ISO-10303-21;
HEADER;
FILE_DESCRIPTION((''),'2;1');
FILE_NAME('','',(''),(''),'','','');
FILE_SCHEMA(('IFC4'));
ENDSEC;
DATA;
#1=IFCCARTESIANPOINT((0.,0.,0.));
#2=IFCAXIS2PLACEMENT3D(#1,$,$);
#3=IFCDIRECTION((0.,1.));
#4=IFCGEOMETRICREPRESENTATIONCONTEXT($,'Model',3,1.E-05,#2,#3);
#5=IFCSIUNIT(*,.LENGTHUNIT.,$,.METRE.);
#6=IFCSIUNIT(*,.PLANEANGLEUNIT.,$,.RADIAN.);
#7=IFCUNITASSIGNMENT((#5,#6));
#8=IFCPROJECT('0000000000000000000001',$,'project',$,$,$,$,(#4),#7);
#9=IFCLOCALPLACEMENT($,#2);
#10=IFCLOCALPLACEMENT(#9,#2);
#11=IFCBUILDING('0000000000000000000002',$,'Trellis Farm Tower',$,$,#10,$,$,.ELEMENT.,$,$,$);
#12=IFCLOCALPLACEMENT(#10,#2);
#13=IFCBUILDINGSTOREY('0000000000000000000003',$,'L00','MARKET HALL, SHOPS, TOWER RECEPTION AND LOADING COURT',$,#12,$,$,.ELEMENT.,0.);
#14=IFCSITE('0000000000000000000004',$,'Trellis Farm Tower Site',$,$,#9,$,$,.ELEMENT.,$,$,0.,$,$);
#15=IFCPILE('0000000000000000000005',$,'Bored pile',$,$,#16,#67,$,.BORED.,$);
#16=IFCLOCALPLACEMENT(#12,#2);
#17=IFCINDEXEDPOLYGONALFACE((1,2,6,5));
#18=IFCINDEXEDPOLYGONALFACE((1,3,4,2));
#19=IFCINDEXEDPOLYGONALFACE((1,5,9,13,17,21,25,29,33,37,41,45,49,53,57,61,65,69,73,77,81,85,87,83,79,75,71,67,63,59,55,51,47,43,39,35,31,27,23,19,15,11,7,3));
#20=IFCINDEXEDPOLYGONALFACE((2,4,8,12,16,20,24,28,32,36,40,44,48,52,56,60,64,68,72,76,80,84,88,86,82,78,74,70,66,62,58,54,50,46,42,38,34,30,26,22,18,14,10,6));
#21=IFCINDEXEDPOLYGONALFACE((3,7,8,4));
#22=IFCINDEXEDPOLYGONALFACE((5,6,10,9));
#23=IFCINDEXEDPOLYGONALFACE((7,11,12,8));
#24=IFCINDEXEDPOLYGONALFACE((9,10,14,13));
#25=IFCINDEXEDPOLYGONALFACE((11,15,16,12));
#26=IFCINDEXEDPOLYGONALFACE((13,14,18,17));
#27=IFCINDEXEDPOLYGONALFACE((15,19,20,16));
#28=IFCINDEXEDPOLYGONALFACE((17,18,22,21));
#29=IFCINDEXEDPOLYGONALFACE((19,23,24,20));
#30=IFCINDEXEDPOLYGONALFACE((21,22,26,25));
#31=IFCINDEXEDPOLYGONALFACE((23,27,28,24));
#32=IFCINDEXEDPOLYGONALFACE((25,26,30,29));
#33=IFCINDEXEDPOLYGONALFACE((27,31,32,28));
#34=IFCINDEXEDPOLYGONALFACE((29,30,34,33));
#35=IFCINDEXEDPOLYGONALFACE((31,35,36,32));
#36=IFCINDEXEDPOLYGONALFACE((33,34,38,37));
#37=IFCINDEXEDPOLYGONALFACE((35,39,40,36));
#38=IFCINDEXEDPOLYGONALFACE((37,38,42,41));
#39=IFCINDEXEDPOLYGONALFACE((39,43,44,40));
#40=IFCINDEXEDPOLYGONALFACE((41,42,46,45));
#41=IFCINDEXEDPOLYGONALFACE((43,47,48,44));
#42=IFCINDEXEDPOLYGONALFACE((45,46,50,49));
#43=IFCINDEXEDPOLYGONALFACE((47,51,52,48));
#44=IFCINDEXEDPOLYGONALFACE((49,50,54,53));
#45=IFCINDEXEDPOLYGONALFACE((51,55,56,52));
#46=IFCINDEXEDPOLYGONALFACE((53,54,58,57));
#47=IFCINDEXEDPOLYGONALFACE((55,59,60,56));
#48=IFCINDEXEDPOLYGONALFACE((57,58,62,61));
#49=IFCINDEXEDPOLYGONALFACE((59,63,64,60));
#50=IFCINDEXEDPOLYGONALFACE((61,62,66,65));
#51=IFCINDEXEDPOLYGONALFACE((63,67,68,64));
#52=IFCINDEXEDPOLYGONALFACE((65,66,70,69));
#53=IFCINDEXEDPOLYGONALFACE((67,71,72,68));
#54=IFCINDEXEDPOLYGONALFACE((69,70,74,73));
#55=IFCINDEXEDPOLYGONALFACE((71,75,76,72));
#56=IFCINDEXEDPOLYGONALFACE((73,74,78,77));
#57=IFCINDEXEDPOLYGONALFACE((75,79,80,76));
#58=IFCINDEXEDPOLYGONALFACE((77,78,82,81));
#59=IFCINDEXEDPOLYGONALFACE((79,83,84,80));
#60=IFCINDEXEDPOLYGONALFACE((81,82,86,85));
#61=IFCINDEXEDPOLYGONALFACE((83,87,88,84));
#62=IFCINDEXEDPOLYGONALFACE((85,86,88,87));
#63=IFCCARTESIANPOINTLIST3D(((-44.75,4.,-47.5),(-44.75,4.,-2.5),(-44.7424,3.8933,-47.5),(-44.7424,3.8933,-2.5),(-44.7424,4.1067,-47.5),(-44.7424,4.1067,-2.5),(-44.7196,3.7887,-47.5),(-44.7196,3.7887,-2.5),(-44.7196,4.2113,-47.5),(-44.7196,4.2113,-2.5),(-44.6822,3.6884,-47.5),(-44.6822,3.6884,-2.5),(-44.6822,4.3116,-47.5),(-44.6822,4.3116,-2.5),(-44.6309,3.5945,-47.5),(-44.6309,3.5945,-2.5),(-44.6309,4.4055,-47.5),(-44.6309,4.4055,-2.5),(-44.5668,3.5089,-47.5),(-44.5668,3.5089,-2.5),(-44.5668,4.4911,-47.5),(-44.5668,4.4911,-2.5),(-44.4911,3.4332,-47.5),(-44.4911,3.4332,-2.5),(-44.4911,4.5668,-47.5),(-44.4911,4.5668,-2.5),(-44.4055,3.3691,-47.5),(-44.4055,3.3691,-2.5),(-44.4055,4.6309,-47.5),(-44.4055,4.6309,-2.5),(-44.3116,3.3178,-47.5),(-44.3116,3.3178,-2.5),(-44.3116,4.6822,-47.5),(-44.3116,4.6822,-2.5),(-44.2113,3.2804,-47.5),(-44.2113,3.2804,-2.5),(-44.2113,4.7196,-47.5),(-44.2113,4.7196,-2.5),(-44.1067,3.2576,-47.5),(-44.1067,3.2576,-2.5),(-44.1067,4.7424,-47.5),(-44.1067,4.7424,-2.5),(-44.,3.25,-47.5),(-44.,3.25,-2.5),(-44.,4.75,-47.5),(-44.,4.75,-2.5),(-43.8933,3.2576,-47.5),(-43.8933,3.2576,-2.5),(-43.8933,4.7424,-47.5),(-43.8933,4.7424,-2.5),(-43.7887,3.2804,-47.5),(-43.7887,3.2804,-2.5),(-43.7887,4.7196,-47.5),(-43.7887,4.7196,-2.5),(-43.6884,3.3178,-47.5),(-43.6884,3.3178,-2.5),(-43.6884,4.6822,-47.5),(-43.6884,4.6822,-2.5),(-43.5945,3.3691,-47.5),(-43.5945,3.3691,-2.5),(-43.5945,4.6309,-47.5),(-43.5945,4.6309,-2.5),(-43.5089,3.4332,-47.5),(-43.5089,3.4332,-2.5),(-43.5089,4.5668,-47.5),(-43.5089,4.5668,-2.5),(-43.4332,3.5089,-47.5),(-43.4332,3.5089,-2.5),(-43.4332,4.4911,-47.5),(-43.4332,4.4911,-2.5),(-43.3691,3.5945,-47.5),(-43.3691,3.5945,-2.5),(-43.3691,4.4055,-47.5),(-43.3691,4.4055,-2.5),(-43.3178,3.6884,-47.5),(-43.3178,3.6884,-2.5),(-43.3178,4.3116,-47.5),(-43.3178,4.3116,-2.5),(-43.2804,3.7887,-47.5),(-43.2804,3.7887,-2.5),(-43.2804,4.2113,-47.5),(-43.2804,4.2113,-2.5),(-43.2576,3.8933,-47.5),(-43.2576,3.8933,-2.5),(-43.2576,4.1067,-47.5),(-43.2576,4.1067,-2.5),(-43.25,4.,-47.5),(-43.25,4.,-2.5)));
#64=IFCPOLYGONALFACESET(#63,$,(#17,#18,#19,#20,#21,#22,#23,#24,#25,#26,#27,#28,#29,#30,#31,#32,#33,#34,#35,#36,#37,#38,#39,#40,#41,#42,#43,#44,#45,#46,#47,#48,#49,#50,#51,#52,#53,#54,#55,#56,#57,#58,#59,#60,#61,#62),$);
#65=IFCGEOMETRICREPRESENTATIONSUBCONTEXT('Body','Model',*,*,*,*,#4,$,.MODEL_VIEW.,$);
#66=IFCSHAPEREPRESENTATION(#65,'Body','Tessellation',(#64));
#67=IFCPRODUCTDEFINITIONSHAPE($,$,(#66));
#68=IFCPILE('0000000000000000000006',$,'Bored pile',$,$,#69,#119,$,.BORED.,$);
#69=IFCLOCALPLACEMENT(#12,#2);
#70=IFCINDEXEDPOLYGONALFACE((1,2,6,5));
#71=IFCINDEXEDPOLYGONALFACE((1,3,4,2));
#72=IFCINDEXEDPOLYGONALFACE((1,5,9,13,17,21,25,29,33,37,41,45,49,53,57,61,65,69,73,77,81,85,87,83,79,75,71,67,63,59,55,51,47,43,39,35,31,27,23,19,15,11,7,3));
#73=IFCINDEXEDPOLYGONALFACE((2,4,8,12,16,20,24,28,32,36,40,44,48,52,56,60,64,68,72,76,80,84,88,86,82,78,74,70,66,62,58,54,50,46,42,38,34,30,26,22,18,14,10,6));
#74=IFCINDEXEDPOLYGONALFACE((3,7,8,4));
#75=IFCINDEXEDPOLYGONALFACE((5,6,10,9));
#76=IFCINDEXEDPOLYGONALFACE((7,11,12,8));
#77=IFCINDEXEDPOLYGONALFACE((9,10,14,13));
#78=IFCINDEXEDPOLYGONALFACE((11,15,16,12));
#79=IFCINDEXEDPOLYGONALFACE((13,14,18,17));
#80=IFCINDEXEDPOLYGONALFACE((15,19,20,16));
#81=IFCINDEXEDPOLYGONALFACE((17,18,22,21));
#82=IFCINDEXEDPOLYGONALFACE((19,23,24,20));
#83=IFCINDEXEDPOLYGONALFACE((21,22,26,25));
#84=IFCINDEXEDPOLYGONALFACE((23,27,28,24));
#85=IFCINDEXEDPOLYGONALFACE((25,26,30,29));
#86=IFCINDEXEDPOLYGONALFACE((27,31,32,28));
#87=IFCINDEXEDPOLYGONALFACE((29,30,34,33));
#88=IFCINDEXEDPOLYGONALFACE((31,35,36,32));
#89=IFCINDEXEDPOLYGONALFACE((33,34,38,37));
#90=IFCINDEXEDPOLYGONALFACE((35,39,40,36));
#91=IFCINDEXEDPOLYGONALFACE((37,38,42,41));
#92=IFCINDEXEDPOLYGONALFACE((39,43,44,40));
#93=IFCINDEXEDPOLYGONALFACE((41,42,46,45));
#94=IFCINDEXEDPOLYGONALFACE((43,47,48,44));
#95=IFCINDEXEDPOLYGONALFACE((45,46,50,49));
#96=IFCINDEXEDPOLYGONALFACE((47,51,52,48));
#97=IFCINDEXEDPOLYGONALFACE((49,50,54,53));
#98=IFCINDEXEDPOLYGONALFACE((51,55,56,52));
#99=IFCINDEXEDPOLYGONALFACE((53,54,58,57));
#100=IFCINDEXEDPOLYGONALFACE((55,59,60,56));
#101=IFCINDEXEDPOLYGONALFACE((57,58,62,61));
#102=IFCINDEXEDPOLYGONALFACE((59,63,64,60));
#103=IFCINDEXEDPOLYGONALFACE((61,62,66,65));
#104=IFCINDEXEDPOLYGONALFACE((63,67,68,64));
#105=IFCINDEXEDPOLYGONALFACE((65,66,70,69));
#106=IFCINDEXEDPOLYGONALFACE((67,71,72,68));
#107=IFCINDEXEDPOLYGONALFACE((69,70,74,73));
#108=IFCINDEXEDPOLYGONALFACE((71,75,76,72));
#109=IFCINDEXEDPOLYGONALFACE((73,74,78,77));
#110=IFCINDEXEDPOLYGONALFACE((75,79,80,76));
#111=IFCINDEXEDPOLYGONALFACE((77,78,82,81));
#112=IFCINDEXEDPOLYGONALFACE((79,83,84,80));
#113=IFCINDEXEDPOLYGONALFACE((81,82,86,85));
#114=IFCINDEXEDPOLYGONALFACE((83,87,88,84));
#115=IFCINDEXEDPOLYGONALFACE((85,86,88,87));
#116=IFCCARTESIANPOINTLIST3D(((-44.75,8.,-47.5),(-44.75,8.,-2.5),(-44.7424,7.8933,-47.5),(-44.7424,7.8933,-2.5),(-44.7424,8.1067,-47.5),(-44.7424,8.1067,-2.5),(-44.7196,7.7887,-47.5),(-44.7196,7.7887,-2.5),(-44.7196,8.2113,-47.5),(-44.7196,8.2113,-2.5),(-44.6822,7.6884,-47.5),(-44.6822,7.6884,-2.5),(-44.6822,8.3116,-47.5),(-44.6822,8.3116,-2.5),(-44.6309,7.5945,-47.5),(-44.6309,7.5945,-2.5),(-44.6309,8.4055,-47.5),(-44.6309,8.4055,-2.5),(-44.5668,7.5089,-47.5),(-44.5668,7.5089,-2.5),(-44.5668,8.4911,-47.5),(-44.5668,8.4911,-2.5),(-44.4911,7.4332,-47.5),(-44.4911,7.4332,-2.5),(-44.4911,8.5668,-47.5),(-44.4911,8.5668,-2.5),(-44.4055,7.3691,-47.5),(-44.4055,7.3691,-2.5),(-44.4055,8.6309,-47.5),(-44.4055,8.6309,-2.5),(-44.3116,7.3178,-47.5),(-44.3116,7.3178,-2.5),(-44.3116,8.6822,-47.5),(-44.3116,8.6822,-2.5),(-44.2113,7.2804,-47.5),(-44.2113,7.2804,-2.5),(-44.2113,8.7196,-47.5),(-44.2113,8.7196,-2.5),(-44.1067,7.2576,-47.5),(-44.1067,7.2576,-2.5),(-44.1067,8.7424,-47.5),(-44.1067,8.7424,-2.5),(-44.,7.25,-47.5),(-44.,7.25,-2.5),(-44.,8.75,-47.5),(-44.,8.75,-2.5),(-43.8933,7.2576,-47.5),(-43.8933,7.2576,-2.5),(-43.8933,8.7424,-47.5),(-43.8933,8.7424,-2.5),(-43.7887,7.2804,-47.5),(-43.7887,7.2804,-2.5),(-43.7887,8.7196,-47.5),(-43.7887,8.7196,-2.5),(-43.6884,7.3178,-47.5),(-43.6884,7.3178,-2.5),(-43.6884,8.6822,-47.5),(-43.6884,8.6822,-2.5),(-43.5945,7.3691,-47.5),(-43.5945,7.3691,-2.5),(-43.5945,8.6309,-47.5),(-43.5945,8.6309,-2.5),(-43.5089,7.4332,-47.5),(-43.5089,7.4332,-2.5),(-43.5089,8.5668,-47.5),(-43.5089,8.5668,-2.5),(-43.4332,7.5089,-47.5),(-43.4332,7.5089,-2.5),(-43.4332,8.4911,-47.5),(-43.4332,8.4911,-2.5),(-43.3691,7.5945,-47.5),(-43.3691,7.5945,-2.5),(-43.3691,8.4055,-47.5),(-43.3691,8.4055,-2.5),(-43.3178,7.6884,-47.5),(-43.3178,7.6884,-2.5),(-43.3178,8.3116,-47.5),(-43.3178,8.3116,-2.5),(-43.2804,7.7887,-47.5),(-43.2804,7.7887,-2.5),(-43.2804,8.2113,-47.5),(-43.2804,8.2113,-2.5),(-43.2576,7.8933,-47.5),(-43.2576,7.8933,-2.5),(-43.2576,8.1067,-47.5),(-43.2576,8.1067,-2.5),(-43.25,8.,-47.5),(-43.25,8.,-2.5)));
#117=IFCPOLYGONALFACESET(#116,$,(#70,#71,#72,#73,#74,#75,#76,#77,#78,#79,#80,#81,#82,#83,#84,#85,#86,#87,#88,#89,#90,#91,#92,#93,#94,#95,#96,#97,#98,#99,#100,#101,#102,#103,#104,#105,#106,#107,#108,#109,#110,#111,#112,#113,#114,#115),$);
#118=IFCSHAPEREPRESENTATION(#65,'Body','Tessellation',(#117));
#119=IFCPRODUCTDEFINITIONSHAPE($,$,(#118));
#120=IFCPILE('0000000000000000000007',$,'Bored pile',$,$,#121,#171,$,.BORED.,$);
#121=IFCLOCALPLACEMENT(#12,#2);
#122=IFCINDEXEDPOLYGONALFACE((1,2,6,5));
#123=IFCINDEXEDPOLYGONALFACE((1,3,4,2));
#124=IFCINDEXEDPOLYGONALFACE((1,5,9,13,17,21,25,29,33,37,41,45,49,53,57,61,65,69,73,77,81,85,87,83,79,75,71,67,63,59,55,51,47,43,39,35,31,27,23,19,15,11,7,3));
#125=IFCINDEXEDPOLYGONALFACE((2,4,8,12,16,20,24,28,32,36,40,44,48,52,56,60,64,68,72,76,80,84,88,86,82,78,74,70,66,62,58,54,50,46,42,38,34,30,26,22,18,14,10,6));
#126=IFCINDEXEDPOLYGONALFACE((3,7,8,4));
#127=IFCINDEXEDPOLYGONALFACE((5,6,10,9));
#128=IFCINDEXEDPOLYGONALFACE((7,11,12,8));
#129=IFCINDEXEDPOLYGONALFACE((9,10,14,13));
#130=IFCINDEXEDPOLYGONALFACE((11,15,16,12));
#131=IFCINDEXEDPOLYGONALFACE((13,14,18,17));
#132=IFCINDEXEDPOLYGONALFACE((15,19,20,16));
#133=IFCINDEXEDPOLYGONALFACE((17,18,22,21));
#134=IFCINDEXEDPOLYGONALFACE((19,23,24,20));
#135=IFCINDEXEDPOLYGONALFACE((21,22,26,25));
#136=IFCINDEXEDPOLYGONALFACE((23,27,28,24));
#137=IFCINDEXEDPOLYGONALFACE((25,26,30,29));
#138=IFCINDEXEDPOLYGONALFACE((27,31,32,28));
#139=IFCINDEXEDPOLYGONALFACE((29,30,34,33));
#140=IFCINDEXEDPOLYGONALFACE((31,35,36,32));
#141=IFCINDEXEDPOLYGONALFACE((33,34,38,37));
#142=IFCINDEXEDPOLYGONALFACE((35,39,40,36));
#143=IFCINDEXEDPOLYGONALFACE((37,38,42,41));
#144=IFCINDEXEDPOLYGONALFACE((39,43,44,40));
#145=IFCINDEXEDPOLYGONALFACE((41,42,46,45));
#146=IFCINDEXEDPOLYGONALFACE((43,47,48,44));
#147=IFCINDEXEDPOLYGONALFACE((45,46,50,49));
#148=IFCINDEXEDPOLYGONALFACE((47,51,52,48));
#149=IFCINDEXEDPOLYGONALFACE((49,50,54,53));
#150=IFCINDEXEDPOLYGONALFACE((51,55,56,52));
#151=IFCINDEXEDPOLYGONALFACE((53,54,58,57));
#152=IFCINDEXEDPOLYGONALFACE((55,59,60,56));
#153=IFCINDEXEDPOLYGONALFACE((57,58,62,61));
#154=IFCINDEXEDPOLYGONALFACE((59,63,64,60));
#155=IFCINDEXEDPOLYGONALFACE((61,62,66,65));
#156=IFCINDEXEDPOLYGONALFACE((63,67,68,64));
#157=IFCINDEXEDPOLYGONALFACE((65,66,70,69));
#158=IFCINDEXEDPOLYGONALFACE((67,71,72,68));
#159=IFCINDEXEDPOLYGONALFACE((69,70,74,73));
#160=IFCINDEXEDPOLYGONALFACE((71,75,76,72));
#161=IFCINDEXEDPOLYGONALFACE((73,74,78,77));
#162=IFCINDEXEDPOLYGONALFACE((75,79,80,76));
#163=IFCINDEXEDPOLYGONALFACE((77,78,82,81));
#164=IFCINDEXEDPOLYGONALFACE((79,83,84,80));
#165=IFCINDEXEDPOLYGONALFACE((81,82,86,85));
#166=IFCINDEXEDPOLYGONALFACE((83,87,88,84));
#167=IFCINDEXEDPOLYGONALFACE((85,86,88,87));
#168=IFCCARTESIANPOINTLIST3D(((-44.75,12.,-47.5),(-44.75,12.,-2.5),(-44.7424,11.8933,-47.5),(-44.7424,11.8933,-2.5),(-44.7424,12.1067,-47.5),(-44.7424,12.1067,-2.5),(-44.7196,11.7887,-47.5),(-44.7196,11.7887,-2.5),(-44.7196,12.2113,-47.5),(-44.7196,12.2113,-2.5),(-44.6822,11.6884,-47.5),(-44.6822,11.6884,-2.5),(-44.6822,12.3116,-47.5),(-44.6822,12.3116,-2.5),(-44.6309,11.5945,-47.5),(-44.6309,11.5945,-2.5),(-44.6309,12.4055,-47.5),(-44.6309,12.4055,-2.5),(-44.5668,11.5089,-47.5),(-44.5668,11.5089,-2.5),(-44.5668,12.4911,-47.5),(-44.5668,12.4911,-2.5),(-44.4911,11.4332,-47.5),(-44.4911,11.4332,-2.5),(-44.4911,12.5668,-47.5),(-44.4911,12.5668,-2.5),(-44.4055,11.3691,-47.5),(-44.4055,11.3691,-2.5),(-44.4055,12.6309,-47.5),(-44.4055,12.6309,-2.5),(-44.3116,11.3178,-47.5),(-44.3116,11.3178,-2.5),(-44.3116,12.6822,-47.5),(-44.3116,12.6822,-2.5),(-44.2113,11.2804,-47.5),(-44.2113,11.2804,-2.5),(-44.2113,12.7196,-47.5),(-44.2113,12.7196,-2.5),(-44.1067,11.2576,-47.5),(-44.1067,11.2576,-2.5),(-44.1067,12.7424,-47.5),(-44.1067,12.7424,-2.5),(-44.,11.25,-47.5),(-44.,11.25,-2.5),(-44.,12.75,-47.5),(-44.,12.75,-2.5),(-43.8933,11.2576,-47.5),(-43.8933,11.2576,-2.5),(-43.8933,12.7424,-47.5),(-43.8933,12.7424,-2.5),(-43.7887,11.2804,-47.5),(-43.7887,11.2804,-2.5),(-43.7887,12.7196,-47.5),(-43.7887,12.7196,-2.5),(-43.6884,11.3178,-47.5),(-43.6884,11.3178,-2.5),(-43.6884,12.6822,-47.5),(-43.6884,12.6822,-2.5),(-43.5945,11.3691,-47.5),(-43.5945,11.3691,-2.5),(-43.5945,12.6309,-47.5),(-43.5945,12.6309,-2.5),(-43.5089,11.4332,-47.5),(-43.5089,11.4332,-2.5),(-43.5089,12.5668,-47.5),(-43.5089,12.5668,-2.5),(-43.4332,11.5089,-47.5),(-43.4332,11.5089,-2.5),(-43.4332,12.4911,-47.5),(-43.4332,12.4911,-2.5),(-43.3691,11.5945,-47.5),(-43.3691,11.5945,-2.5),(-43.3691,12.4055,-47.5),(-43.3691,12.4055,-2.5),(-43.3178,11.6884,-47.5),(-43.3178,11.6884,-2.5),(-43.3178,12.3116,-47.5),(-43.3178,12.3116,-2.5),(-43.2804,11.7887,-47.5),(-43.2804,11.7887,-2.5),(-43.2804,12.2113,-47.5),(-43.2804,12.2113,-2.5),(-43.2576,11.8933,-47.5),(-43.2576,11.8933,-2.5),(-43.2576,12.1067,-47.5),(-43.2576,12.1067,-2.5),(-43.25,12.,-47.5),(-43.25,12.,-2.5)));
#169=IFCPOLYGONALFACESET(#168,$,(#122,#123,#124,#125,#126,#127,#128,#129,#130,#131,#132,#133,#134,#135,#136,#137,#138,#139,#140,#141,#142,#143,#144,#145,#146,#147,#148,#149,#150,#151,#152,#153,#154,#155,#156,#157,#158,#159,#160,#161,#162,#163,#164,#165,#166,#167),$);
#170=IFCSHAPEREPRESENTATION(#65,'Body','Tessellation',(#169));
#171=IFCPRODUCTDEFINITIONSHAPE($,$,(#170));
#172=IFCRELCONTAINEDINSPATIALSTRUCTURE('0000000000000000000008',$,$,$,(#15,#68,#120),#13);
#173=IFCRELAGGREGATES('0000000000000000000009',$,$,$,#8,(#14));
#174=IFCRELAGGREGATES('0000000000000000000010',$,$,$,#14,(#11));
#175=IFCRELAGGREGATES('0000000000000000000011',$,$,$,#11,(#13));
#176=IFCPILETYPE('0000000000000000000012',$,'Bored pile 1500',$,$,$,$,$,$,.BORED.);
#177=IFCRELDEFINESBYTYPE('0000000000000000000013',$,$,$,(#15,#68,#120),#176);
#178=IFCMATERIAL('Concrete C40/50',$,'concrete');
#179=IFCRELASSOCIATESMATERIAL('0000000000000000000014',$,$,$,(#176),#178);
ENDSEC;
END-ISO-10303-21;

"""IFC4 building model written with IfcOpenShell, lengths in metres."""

from ifc_helpers import new_model, si_unit, direction, frame, origin, origin_2d, place, context, subcontext, project, spatial, circle, extrude, source, transform, mapped, material, material_profile, profile_set, type_object, element, save


model = new_model("IFC4")

# Units and contexts
model_context = context("Model", 3, precision=1e-05, world=origin(), true_north=direction((0.0, 1.0)))
body_context = subcontext(model_context, "Body", "Model", "MODEL_VIEW")
ifc_project = project(units=[si_unit("LENGTHUNIT", "METRE"), si_unit("PLANEANGLEUNIT", "RADIAN")], contexts=[model_context])

# Site, building, storey
site_placement = place(None, origin())
site = spatial("IfcSite", under=ifc_project, at=site_placement, Name="Trellis Farm Tower Site", CompositionType="ELEMENT", RefElevation=0.0)
building_placement = place(site_placement, origin())
building = spatial("IfcBuilding", under=site, at=building_placement, Name="Trellis Farm Tower", CompositionType="ELEMENT")
storey_placement = place(building_placement, origin())
storey = spatial("IfcBuildingStorey", under=building, at=storey_placement, Name="L00", Description="MARKET HALL, SHOPS, TOWER RECEPTION AND LOADING COURT", CompositionType="ELEMENT", Elevation=0.0)

# Piles
ifc_material_1 = material(Name="Concrete C40/50", Category="concrete")
ifc_material_profile_1 = material_profile(ifc_material_1, circle(Radius=0.75, at=origin_2d()), Name="Bored pile 1500")
ifc_profile_set_1 = profile_set([ifc_material_profile_1], Name="Concrete C40/50")
pile_type = type_object("IfcPileType", Name="Bored pile 1500", PredefinedType="BORED", material=ifc_profile_set_1)
shared_shape_1 = source(origin(), body_context, "Body", "SweptSolid", [
    extrude(circle(Radius=0.75, at=origin_2d()), origin(), (0.0, 0.0, 1.0), 45.0),
])
for number, where, z_axis, x_axis, name in (
    (1, (-44.0, 4.0, -2.5), (0.0, 0.0, -1.0), (1.0, 0.0, 0.0), "Bored pile"),
    (2, (-44.0, 8.0, -2.5), (0.0, 0.0, -1.0), (1.0, 0.0, 0.0), "Bored pile"),
    (3, (-44.0, 12.0, -2.5), (0.0, 0.0, -1.0), (1.0, 0.0, 0.0), "Bored pile"),
):
    element("IfcPile", number, at=place(storey_placement, frame(where, z_axis=z_axis, x_axis=x_axis)), inside=storey, type_object=pile_type, Name=name, PredefinedType="BORED", context=body_context, shape_type="MappedRepresentation", body=[
        mapped(shared_shape_1, transform((0.0, 0.0, 0.0))),
    ])

save(model, "model.ifc")
